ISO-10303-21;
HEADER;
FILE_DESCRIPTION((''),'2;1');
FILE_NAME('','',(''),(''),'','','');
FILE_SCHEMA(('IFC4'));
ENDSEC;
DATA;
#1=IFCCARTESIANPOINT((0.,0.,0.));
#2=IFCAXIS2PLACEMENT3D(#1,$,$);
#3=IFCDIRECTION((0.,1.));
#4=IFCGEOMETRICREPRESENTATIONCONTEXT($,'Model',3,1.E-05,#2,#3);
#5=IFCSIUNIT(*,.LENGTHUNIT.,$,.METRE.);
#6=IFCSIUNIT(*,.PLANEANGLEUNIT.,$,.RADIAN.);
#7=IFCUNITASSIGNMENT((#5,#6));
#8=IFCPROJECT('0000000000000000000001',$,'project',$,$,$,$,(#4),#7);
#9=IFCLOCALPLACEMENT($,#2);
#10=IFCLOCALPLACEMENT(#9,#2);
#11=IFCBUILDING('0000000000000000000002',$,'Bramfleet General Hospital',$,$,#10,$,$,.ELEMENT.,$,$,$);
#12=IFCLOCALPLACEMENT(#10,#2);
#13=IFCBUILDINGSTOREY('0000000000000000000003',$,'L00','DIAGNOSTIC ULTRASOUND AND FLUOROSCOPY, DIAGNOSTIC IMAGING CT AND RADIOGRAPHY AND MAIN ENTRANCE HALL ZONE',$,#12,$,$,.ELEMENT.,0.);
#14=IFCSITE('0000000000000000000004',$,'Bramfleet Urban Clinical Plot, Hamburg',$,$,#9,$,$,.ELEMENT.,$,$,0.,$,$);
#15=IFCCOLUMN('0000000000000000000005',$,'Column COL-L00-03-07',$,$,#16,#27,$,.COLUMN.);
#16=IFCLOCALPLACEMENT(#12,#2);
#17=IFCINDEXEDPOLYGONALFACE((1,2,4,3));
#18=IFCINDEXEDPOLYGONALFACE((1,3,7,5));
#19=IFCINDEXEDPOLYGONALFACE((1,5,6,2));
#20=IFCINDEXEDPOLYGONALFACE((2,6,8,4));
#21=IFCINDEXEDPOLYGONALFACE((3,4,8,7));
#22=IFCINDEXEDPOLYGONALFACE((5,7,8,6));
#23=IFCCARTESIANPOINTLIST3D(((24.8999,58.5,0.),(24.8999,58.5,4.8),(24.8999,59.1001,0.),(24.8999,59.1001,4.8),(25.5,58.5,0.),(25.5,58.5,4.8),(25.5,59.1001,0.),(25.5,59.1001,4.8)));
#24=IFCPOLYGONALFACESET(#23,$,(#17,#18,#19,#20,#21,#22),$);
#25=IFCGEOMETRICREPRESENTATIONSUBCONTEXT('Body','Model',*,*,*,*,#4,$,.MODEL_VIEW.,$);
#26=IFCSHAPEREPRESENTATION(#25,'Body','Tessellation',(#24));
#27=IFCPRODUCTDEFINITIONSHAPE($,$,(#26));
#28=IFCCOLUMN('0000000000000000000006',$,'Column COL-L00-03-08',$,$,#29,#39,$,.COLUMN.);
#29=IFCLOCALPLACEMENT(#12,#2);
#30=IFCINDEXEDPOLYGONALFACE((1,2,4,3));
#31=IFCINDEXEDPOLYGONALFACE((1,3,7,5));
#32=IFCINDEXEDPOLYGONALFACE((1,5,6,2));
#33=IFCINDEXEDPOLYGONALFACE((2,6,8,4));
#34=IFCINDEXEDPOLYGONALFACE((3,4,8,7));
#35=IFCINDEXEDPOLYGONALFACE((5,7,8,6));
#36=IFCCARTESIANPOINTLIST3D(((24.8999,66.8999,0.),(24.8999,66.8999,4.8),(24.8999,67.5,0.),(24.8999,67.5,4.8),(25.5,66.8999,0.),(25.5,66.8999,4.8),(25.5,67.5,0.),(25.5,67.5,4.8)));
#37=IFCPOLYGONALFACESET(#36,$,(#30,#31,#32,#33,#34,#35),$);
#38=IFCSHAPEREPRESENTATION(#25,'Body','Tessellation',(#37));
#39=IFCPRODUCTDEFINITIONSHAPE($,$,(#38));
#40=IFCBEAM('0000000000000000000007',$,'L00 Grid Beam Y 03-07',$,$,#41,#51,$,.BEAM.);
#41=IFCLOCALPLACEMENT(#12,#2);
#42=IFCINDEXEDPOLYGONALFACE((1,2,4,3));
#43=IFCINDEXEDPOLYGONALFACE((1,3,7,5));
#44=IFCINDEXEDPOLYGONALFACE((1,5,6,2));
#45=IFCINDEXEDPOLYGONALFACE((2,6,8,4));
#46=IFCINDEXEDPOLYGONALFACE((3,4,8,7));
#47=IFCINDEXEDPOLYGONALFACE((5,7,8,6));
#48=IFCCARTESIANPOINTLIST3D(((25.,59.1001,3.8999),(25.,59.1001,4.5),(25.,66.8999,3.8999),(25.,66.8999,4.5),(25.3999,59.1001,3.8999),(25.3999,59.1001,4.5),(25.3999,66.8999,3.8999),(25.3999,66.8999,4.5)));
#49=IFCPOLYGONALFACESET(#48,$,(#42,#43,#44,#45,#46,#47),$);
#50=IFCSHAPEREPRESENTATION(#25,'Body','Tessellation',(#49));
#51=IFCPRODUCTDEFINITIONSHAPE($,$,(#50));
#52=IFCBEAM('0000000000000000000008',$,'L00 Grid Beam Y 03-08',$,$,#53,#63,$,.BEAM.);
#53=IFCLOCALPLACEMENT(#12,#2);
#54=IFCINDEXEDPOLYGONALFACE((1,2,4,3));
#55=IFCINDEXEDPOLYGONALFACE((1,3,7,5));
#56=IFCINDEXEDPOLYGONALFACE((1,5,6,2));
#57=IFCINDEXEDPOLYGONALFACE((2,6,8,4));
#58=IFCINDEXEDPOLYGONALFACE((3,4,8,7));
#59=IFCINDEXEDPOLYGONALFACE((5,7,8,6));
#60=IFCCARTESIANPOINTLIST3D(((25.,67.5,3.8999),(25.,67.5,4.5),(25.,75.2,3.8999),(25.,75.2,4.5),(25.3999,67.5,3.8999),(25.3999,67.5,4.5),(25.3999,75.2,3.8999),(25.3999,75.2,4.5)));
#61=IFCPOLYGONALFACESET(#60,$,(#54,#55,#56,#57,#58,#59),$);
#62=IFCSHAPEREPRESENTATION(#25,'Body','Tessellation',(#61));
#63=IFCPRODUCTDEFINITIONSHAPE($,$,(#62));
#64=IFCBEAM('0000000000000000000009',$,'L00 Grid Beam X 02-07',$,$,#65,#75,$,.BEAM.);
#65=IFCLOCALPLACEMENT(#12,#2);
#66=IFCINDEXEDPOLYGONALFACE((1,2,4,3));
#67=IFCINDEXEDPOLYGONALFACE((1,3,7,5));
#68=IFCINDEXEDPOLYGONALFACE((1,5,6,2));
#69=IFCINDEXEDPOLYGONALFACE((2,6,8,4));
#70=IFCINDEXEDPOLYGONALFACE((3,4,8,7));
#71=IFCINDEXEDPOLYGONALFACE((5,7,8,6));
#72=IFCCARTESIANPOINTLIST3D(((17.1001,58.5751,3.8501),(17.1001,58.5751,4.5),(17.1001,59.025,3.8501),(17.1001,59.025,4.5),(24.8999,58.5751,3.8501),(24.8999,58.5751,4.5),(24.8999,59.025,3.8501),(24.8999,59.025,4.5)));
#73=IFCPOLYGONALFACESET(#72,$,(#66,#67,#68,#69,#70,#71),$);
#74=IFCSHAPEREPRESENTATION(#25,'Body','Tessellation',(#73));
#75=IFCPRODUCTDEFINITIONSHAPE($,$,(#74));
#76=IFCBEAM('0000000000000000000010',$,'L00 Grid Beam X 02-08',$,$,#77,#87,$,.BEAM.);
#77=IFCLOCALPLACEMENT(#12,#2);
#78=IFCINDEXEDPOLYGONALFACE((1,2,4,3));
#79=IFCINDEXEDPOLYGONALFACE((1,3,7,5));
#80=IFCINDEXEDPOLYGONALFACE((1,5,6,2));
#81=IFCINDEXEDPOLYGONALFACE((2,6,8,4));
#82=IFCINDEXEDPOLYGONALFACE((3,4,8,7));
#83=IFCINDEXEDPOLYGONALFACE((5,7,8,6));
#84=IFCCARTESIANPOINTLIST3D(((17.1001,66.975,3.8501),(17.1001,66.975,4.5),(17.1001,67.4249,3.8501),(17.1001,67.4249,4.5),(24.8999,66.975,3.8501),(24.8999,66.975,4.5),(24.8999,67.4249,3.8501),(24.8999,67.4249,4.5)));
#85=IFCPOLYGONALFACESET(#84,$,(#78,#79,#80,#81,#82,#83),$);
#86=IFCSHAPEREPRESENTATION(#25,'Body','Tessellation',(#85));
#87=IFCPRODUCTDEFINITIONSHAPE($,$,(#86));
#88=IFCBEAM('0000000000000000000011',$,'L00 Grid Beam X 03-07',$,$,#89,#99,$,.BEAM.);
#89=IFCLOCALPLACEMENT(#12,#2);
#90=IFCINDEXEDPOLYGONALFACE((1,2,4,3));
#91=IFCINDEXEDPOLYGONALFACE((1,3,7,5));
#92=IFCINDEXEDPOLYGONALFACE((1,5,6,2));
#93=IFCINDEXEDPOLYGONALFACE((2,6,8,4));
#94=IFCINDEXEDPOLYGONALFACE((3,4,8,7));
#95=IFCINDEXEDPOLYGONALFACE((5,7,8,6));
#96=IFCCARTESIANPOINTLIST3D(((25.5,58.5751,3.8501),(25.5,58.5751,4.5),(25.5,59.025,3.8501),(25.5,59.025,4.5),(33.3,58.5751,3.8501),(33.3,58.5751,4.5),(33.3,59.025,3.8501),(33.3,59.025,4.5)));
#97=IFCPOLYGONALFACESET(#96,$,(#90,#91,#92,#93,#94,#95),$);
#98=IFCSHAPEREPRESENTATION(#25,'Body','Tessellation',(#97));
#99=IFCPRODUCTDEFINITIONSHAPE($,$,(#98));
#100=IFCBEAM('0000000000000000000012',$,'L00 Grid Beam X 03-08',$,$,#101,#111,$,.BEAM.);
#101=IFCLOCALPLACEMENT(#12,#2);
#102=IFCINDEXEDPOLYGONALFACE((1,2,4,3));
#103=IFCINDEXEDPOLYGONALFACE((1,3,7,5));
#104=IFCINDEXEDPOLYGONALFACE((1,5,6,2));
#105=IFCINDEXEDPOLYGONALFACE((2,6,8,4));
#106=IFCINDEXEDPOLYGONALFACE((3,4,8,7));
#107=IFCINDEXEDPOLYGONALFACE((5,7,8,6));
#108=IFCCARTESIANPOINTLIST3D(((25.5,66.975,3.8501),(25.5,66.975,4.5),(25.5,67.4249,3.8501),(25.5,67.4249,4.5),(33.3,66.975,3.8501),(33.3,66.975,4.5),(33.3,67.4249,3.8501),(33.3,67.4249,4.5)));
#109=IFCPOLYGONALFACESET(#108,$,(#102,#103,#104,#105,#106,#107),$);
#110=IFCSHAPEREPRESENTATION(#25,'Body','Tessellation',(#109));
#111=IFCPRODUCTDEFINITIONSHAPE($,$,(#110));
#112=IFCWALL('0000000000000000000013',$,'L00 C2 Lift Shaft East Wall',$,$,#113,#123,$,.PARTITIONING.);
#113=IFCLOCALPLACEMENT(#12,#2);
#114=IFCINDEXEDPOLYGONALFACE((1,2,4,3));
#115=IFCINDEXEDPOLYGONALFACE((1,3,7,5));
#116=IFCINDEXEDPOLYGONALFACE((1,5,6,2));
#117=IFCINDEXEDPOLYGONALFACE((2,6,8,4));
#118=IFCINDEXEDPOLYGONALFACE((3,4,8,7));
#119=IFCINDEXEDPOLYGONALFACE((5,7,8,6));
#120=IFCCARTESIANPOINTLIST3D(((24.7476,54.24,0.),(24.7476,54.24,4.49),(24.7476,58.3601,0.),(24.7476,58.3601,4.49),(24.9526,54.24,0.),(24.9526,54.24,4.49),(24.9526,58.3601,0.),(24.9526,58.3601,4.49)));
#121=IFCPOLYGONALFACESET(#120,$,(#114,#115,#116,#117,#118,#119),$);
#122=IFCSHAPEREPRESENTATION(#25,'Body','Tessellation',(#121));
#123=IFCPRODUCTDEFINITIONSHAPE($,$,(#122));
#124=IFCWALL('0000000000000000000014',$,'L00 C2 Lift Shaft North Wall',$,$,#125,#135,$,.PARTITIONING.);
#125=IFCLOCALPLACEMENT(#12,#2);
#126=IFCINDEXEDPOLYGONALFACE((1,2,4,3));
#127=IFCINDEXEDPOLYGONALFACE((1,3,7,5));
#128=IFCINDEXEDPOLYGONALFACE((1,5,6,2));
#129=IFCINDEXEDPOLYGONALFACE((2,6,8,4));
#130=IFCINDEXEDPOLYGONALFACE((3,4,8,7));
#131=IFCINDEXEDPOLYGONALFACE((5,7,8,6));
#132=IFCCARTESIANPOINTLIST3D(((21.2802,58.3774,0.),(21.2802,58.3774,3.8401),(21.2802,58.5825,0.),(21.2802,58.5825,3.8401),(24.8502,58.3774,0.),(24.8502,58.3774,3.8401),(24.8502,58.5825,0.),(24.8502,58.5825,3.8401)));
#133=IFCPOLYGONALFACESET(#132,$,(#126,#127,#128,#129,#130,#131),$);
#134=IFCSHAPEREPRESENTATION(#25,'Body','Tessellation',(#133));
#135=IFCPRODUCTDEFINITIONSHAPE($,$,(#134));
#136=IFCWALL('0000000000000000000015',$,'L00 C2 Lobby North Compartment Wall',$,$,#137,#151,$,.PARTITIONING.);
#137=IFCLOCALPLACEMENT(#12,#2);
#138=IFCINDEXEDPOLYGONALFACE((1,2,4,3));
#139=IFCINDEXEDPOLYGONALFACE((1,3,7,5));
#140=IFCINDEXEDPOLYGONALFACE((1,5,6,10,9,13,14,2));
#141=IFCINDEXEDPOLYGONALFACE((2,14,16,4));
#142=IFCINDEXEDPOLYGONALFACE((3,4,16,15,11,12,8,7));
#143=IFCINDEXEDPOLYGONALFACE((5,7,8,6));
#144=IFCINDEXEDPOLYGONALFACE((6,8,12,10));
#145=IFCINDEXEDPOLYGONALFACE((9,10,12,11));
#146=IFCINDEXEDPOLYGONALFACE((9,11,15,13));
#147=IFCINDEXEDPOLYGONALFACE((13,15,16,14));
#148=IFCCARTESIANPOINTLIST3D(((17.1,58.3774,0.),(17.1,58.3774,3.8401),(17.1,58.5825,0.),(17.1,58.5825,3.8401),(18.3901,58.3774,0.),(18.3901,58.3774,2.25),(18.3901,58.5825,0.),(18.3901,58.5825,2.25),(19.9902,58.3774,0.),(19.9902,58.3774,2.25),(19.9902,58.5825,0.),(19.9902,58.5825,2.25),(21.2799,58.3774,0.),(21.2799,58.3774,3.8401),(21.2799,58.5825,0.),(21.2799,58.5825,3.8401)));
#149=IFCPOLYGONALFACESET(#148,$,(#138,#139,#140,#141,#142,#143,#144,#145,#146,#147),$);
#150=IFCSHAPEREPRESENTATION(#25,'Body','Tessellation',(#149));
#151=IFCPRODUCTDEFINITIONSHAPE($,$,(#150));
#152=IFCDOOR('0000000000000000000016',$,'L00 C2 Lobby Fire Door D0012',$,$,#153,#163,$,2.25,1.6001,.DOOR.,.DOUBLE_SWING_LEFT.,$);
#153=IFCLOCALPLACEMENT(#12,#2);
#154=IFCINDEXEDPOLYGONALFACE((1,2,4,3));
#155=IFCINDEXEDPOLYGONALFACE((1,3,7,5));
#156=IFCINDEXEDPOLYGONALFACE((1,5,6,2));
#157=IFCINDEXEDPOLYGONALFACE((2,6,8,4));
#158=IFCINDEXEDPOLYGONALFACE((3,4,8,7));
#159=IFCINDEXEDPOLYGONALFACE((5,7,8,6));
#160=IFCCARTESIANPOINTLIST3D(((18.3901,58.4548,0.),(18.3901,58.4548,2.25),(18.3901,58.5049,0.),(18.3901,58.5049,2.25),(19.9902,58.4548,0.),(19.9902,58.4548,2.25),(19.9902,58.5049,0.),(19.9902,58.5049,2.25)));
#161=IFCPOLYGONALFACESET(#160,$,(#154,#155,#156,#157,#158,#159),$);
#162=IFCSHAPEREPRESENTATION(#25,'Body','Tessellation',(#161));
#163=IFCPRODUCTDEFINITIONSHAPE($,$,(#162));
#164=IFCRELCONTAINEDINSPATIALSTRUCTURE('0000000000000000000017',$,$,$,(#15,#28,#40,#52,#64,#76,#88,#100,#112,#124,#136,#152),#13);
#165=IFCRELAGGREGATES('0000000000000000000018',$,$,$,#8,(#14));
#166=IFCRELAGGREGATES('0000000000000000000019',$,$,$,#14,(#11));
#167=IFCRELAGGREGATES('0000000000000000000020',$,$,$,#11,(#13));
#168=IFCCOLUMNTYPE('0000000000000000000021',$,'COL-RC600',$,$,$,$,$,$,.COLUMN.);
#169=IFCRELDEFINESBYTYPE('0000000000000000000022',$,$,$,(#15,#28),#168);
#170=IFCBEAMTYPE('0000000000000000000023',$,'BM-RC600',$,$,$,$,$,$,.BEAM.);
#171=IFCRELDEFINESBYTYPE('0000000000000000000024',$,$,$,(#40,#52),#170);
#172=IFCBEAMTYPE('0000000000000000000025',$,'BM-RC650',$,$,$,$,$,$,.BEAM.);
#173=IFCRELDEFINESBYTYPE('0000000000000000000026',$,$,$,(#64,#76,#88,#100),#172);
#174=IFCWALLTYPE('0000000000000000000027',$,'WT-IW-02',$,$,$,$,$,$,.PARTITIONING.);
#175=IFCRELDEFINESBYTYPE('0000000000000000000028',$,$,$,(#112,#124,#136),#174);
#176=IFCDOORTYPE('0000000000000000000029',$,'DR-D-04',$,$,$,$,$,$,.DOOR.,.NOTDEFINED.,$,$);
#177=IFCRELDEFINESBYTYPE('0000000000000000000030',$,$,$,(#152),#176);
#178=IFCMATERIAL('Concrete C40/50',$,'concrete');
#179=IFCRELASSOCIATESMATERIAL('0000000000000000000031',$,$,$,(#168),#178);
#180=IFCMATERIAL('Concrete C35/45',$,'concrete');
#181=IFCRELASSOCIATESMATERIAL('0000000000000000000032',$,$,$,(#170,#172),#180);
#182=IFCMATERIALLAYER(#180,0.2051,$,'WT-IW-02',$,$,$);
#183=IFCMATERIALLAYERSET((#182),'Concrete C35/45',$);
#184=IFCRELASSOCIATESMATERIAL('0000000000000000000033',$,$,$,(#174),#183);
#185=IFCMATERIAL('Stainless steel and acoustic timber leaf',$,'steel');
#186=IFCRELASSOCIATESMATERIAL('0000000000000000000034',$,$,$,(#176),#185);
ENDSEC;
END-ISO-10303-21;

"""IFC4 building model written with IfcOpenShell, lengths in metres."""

from ifc_helpers import new_model, si_unit, direction, frame, frame_2d, origin, origin_2d, place, context, subcontext, project, spatial, rectangle, extrude, material, layer, layer_set, material_profile, profile_set, type_object, element, fill, save


model = new_model("IFC4")

# Units and contexts
model_context = context("Model", 3, precision=1e-05, world=origin(), true_north=direction((0.0, 1.0)))
body_context = subcontext(model_context, "Body", "Model", "MODEL_VIEW")
ifc_project = project(units=[si_unit("LENGTHUNIT", "METRE"), si_unit("PLANEANGLEUNIT", "RADIAN")], contexts=[model_context])

# Site, building, storey
site_placement = place(None, origin())
site = spatial("IfcSite", under=ifc_project, at=site_placement, Name="Bramfleet Urban Clinical Plot, Hamburg", CompositionType="ELEMENT", RefElevation=0.0)
building_placement = place(site_placement, origin())
building = spatial("IfcBuilding", under=site, at=building_placement, Name="Bramfleet General Hospital", CompositionType="ELEMENT")
storey_placement = place(building_placement, origin())
storey = spatial("IfcBuildingStorey", under=building, at=storey_placement, Name="L00", Description="DIAGNOSTIC ULTRASOUND AND FLUOROSCOPY, DIAGNOSTIC IMAGING CT AND RADIOGRAPHY AND MAIN ENTRANCE HALL ZONE", CompositionType="ELEMENT", Elevation=0.0)

# Columns
ifc_material_1 = material(Name="Concrete C40/50", Category="concrete")
ifc_material_profile_1 = material_profile(ifc_material_1, rectangle(XDim=0.6001, YDim=0.6001, at=origin_2d()), Name="RC COL 600x600")
ifc_profile_set_1 = profile_set([ifc_material_profile_1], Name="Concrete C40/50")
column_type = type_object("IfcColumnType", Name="COL-RC600", PredefinedType="COLUMN", material=ifc_profile_set_1)
for number, where, z_axis, x_axis, name in (
    (1, (25.2, 58.8, 0.0), (0.0, 0.0, 1.0), (1.0, 0.0, 0.0), "Column COL-L00-03-07"),
    (2, (25.2, 67.2, 0.0), (0.0, 0.0, 1.0), (1.0, 0.0, 0.0), "Column COL-L00-03-08"),
):
    element("IfcColumn", number, at=place(storey_placement, frame(where, z_axis=z_axis, x_axis=x_axis)), inside=storey, type_object=column_type, Name=name, PredefinedType="COLUMN", context=body_context, shape_type="SweptSolid", body=[
        extrude(rectangle(XDim=0.6001, YDim=0.6001, at=origin_2d()), origin(), (0.0, 0.0, 1.0), 4.8),
    ])

# Beams
ifc_material_2 = material(Name="Concrete C35/45", Category="concrete")
ifc_material_profile_2 = material_profile(ifc_material_2, rectangle(XDim=0.3999, YDim=0.6001, at=origin_2d()), Name="RC BM 600x400")
ifc_profile_set_2 = profile_set([ifc_material_profile_2], Name="Concrete C35/45")
beam_type_1 = type_object("IfcBeamType", Name="BM-RC600", PredefinedType="BEAM", material=ifc_profile_set_2)
beam_1_placement = place(storey_placement, frame((25.2, 59.1001, 4.2), z_axis=(0.0, 1.0, 0.0), x_axis=(-1.0, 0.0, 0.0)))
element("IfcBeam", 3, at=beam_1_placement, inside=storey, type_object=beam_type_1, Name="L00 Grid Beam Y 03-07", PredefinedType="BEAM", context=body_context, shape_type="SweptSolid", body=[
    extrude(rectangle(XDim=0.3999, YDim=0.6001, at=origin_2d()), origin(), (0.0, 0.0, 1.0), 7.7998),
])
beam_2_placement = place(storey_placement, frame((25.2, 67.5, 4.2), z_axis=(0.0, 1.0, 0.0), x_axis=(-1.0, 0.0, 0.0)))
element("IfcBeam", 4, at=beam_2_placement, inside=storey, type_object=beam_type_1, Name="L00 Grid Beam Y 03-08", PredefinedType="BEAM", context=body_context, shape_type="SweptSolid", body=[
    extrude(rectangle(XDim=0.3999, YDim=0.6001, at=origin_2d()), origin(), (0.0, 0.0, 1.0), 7.7),
])
ifc_material_profile_3 = material_profile(ifc_material_2, rectangle(XDim=0.45, YDim=0.6499, at=origin_2d()), Name="RC BM 650x450")
ifc_profile_set_3 = profile_set([ifc_material_profile_3], Name="Concrete C35/45")
beam_type_2 = type_object("IfcBeamType", Name="BM-RC650", PredefinedType="BEAM", material=ifc_profile_set_3)
for number, where, z_axis, x_axis, name in (
    (5, (17.1001, 58.8, 4.175), (1.0, 0.0, 0.0), (0.0, 1.0, 0.0), "L00 Grid Beam X 02-07"),
    (6, (17.1001, 67.2, 4.175), (1.0, 0.0, 0.0), (0.0, 1.0, 0.0), "L00 Grid Beam X 02-08"),
):
    element("IfcBeam", number, at=place(storey_placement, frame(where, z_axis=z_axis, x_axis=x_axis)), inside=storey, type_object=beam_type_2, Name=name, PredefinedType="BEAM", context=body_context, shape_type="SweptSolid", body=[
        extrude(rectangle(XDim=0.45, YDim=0.6499, at=origin_2d()), origin(), (0.0, 0.0, 1.0), 7.7998),
    ])
for number, where, z_axis, x_axis, name in (
    (7, (25.5, 58.8, 4.175), (1.0, 0.0, 0.0), (0.0, 1.0, 0.0), "L00 Grid Beam X 03-07"),
    (8, (25.5, 67.2, 4.175), (1.0, 0.0, 0.0), (0.0, 1.0, 0.0), "L00 Grid Beam X 03-08"),
):
    element("IfcBeam", number, at=place(storey_placement, frame(where, z_axis=z_axis, x_axis=x_axis)), inside=storey, type_object=beam_type_2, Name=name, PredefinedType="BEAM", context=body_context, shape_type="SweptSolid", body=[
        extrude(rectangle(XDim=0.45, YDim=0.6499, at=origin_2d()), origin(), (0.0, 0.0, 1.0), 7.8),
    ])

# Walls
ifc_layer_1 = layer(ifc_material_2, 0.2051, Name="WT-IW-02")
ifc_layer_set_1 = layer_set([ifc_layer_1], Name="Concrete C35/45")
wall_type_1 = type_object("IfcWallType", Name="WT-IW-02", PredefinedType="PARTITIONING", material=ifc_layer_set_1)
wall_1_placement = place(storey_placement, frame((24.8501, 54.24, 0.0), z_axis=(0.0, 0.0, 1.0), x_axis=(0.0, 1.0, 0.0)))
element("IfcWall", 9, at=wall_1_placement, inside=storey, type_object=wall_type_1, Name="L00 C2 Lift Shaft East Wall", PredefinedType="PARTITIONING", context=body_context, shape_type="SweptSolid", body=[
    extrude(rectangle(XDim=4.1201, YDim=0.2051, at=frame_2d((2.0601, 0.0))), origin(), (0.0, 0.0, 1.0), 4.49),
])
wall_2_placement = place(storey_placement, frame((21.28, 58.48, 0.0), z_axis=(0.0, 0.0, 1.0), x_axis=(1.0, 0.0, 0.0)))
element("IfcWall", 10, at=wall_2_placement, inside=storey, type_object=wall_type_1, Name="L00 C2 Lift Shaft North Wall", PredefinedType="PARTITIONING", context=body_context, shape_type="SweptSolid", body=[
    extrude(rectangle(XDim=3.5701, YDim=0.2051, at=frame_2d((1.7852, 0.0))), origin(), (0.0, 0.0, 1.0), 3.8401),
])

# Wall, opening, door
wall_3_placement = place(storey_placement, frame((17.1001, 58.48, 0.0), z_axis=(0.0, 0.0, 1.0), x_axis=(1.0, 0.0, 0.0)))
wall_3 = element("IfcWall", 11, at=wall_3_placement, inside=storey, type_object=wall_type_1, Name="L00 C2 Lobby North Compartment Wall", PredefinedType="PARTITIONING", context=body_context, shape_type="SweptSolid", body=[
    extrude(rectangle(XDim=4.1799, YDim=0.2051, at=frame_2d((2.0898, 0.0))), origin(), (0.0, 0.0, 1.0), 3.8401),
])
opening_1_placement = place(wall_3_placement, frame((1.29, 0.0, 0.0)))
opening_1 = element("IfcOpeningElement", 12, at=opening_1_placement, cuts=wall_3, PredefinedType="OPENING", context=body_context, shape_type="SweptSolid", body=[
    extrude(rectangle(XDim=1.6001, YDim=2.25, at=frame_2d((0.8, 1.125))), frame((0.0, 0.1125, 0.0), z_axis=(0.0, -1.0, 0.0), x_axis=(1.0, 0.0, 0.0)), (0.0, 0.0, 1.0), 0.2251),
])
ifc_material_3 = material(Name="Stainless steel and acoustic timber leaf", Category="steel")
door_type_1 = type_object("IfcDoorType", Name="DR-D-04", OperationType="NOTDEFINED", PredefinedType="DOOR", material=ifc_material_3)
door_1_placement = place(opening_1_placement, origin())
door_1 = element("IfcDoor", 13, at=door_1_placement, inside=storey, type_object=door_type_1, Name="L00 C2 Lobby Fire Door D0012", OperationType="DOUBLE_SWING_LEFT", OverallHeight=2.25, OverallWidth=1.6001, PredefinedType="DOOR", context=body_context, shape_type="SweptSolid", body=[
    extrude(rectangle(XDim=1.6001, YDim=2.25, at=frame_2d((0.8, 1.125))), frame((0.0, 0.0249, 0.0), z_axis=(0.0, -1.0, 0.0), x_axis=(1.0, 0.0, 0.0)), (0.0, 0.0, 1.0), 0.05),
])
fill(opening_1, door_1)

save(model, "model.ifc")
